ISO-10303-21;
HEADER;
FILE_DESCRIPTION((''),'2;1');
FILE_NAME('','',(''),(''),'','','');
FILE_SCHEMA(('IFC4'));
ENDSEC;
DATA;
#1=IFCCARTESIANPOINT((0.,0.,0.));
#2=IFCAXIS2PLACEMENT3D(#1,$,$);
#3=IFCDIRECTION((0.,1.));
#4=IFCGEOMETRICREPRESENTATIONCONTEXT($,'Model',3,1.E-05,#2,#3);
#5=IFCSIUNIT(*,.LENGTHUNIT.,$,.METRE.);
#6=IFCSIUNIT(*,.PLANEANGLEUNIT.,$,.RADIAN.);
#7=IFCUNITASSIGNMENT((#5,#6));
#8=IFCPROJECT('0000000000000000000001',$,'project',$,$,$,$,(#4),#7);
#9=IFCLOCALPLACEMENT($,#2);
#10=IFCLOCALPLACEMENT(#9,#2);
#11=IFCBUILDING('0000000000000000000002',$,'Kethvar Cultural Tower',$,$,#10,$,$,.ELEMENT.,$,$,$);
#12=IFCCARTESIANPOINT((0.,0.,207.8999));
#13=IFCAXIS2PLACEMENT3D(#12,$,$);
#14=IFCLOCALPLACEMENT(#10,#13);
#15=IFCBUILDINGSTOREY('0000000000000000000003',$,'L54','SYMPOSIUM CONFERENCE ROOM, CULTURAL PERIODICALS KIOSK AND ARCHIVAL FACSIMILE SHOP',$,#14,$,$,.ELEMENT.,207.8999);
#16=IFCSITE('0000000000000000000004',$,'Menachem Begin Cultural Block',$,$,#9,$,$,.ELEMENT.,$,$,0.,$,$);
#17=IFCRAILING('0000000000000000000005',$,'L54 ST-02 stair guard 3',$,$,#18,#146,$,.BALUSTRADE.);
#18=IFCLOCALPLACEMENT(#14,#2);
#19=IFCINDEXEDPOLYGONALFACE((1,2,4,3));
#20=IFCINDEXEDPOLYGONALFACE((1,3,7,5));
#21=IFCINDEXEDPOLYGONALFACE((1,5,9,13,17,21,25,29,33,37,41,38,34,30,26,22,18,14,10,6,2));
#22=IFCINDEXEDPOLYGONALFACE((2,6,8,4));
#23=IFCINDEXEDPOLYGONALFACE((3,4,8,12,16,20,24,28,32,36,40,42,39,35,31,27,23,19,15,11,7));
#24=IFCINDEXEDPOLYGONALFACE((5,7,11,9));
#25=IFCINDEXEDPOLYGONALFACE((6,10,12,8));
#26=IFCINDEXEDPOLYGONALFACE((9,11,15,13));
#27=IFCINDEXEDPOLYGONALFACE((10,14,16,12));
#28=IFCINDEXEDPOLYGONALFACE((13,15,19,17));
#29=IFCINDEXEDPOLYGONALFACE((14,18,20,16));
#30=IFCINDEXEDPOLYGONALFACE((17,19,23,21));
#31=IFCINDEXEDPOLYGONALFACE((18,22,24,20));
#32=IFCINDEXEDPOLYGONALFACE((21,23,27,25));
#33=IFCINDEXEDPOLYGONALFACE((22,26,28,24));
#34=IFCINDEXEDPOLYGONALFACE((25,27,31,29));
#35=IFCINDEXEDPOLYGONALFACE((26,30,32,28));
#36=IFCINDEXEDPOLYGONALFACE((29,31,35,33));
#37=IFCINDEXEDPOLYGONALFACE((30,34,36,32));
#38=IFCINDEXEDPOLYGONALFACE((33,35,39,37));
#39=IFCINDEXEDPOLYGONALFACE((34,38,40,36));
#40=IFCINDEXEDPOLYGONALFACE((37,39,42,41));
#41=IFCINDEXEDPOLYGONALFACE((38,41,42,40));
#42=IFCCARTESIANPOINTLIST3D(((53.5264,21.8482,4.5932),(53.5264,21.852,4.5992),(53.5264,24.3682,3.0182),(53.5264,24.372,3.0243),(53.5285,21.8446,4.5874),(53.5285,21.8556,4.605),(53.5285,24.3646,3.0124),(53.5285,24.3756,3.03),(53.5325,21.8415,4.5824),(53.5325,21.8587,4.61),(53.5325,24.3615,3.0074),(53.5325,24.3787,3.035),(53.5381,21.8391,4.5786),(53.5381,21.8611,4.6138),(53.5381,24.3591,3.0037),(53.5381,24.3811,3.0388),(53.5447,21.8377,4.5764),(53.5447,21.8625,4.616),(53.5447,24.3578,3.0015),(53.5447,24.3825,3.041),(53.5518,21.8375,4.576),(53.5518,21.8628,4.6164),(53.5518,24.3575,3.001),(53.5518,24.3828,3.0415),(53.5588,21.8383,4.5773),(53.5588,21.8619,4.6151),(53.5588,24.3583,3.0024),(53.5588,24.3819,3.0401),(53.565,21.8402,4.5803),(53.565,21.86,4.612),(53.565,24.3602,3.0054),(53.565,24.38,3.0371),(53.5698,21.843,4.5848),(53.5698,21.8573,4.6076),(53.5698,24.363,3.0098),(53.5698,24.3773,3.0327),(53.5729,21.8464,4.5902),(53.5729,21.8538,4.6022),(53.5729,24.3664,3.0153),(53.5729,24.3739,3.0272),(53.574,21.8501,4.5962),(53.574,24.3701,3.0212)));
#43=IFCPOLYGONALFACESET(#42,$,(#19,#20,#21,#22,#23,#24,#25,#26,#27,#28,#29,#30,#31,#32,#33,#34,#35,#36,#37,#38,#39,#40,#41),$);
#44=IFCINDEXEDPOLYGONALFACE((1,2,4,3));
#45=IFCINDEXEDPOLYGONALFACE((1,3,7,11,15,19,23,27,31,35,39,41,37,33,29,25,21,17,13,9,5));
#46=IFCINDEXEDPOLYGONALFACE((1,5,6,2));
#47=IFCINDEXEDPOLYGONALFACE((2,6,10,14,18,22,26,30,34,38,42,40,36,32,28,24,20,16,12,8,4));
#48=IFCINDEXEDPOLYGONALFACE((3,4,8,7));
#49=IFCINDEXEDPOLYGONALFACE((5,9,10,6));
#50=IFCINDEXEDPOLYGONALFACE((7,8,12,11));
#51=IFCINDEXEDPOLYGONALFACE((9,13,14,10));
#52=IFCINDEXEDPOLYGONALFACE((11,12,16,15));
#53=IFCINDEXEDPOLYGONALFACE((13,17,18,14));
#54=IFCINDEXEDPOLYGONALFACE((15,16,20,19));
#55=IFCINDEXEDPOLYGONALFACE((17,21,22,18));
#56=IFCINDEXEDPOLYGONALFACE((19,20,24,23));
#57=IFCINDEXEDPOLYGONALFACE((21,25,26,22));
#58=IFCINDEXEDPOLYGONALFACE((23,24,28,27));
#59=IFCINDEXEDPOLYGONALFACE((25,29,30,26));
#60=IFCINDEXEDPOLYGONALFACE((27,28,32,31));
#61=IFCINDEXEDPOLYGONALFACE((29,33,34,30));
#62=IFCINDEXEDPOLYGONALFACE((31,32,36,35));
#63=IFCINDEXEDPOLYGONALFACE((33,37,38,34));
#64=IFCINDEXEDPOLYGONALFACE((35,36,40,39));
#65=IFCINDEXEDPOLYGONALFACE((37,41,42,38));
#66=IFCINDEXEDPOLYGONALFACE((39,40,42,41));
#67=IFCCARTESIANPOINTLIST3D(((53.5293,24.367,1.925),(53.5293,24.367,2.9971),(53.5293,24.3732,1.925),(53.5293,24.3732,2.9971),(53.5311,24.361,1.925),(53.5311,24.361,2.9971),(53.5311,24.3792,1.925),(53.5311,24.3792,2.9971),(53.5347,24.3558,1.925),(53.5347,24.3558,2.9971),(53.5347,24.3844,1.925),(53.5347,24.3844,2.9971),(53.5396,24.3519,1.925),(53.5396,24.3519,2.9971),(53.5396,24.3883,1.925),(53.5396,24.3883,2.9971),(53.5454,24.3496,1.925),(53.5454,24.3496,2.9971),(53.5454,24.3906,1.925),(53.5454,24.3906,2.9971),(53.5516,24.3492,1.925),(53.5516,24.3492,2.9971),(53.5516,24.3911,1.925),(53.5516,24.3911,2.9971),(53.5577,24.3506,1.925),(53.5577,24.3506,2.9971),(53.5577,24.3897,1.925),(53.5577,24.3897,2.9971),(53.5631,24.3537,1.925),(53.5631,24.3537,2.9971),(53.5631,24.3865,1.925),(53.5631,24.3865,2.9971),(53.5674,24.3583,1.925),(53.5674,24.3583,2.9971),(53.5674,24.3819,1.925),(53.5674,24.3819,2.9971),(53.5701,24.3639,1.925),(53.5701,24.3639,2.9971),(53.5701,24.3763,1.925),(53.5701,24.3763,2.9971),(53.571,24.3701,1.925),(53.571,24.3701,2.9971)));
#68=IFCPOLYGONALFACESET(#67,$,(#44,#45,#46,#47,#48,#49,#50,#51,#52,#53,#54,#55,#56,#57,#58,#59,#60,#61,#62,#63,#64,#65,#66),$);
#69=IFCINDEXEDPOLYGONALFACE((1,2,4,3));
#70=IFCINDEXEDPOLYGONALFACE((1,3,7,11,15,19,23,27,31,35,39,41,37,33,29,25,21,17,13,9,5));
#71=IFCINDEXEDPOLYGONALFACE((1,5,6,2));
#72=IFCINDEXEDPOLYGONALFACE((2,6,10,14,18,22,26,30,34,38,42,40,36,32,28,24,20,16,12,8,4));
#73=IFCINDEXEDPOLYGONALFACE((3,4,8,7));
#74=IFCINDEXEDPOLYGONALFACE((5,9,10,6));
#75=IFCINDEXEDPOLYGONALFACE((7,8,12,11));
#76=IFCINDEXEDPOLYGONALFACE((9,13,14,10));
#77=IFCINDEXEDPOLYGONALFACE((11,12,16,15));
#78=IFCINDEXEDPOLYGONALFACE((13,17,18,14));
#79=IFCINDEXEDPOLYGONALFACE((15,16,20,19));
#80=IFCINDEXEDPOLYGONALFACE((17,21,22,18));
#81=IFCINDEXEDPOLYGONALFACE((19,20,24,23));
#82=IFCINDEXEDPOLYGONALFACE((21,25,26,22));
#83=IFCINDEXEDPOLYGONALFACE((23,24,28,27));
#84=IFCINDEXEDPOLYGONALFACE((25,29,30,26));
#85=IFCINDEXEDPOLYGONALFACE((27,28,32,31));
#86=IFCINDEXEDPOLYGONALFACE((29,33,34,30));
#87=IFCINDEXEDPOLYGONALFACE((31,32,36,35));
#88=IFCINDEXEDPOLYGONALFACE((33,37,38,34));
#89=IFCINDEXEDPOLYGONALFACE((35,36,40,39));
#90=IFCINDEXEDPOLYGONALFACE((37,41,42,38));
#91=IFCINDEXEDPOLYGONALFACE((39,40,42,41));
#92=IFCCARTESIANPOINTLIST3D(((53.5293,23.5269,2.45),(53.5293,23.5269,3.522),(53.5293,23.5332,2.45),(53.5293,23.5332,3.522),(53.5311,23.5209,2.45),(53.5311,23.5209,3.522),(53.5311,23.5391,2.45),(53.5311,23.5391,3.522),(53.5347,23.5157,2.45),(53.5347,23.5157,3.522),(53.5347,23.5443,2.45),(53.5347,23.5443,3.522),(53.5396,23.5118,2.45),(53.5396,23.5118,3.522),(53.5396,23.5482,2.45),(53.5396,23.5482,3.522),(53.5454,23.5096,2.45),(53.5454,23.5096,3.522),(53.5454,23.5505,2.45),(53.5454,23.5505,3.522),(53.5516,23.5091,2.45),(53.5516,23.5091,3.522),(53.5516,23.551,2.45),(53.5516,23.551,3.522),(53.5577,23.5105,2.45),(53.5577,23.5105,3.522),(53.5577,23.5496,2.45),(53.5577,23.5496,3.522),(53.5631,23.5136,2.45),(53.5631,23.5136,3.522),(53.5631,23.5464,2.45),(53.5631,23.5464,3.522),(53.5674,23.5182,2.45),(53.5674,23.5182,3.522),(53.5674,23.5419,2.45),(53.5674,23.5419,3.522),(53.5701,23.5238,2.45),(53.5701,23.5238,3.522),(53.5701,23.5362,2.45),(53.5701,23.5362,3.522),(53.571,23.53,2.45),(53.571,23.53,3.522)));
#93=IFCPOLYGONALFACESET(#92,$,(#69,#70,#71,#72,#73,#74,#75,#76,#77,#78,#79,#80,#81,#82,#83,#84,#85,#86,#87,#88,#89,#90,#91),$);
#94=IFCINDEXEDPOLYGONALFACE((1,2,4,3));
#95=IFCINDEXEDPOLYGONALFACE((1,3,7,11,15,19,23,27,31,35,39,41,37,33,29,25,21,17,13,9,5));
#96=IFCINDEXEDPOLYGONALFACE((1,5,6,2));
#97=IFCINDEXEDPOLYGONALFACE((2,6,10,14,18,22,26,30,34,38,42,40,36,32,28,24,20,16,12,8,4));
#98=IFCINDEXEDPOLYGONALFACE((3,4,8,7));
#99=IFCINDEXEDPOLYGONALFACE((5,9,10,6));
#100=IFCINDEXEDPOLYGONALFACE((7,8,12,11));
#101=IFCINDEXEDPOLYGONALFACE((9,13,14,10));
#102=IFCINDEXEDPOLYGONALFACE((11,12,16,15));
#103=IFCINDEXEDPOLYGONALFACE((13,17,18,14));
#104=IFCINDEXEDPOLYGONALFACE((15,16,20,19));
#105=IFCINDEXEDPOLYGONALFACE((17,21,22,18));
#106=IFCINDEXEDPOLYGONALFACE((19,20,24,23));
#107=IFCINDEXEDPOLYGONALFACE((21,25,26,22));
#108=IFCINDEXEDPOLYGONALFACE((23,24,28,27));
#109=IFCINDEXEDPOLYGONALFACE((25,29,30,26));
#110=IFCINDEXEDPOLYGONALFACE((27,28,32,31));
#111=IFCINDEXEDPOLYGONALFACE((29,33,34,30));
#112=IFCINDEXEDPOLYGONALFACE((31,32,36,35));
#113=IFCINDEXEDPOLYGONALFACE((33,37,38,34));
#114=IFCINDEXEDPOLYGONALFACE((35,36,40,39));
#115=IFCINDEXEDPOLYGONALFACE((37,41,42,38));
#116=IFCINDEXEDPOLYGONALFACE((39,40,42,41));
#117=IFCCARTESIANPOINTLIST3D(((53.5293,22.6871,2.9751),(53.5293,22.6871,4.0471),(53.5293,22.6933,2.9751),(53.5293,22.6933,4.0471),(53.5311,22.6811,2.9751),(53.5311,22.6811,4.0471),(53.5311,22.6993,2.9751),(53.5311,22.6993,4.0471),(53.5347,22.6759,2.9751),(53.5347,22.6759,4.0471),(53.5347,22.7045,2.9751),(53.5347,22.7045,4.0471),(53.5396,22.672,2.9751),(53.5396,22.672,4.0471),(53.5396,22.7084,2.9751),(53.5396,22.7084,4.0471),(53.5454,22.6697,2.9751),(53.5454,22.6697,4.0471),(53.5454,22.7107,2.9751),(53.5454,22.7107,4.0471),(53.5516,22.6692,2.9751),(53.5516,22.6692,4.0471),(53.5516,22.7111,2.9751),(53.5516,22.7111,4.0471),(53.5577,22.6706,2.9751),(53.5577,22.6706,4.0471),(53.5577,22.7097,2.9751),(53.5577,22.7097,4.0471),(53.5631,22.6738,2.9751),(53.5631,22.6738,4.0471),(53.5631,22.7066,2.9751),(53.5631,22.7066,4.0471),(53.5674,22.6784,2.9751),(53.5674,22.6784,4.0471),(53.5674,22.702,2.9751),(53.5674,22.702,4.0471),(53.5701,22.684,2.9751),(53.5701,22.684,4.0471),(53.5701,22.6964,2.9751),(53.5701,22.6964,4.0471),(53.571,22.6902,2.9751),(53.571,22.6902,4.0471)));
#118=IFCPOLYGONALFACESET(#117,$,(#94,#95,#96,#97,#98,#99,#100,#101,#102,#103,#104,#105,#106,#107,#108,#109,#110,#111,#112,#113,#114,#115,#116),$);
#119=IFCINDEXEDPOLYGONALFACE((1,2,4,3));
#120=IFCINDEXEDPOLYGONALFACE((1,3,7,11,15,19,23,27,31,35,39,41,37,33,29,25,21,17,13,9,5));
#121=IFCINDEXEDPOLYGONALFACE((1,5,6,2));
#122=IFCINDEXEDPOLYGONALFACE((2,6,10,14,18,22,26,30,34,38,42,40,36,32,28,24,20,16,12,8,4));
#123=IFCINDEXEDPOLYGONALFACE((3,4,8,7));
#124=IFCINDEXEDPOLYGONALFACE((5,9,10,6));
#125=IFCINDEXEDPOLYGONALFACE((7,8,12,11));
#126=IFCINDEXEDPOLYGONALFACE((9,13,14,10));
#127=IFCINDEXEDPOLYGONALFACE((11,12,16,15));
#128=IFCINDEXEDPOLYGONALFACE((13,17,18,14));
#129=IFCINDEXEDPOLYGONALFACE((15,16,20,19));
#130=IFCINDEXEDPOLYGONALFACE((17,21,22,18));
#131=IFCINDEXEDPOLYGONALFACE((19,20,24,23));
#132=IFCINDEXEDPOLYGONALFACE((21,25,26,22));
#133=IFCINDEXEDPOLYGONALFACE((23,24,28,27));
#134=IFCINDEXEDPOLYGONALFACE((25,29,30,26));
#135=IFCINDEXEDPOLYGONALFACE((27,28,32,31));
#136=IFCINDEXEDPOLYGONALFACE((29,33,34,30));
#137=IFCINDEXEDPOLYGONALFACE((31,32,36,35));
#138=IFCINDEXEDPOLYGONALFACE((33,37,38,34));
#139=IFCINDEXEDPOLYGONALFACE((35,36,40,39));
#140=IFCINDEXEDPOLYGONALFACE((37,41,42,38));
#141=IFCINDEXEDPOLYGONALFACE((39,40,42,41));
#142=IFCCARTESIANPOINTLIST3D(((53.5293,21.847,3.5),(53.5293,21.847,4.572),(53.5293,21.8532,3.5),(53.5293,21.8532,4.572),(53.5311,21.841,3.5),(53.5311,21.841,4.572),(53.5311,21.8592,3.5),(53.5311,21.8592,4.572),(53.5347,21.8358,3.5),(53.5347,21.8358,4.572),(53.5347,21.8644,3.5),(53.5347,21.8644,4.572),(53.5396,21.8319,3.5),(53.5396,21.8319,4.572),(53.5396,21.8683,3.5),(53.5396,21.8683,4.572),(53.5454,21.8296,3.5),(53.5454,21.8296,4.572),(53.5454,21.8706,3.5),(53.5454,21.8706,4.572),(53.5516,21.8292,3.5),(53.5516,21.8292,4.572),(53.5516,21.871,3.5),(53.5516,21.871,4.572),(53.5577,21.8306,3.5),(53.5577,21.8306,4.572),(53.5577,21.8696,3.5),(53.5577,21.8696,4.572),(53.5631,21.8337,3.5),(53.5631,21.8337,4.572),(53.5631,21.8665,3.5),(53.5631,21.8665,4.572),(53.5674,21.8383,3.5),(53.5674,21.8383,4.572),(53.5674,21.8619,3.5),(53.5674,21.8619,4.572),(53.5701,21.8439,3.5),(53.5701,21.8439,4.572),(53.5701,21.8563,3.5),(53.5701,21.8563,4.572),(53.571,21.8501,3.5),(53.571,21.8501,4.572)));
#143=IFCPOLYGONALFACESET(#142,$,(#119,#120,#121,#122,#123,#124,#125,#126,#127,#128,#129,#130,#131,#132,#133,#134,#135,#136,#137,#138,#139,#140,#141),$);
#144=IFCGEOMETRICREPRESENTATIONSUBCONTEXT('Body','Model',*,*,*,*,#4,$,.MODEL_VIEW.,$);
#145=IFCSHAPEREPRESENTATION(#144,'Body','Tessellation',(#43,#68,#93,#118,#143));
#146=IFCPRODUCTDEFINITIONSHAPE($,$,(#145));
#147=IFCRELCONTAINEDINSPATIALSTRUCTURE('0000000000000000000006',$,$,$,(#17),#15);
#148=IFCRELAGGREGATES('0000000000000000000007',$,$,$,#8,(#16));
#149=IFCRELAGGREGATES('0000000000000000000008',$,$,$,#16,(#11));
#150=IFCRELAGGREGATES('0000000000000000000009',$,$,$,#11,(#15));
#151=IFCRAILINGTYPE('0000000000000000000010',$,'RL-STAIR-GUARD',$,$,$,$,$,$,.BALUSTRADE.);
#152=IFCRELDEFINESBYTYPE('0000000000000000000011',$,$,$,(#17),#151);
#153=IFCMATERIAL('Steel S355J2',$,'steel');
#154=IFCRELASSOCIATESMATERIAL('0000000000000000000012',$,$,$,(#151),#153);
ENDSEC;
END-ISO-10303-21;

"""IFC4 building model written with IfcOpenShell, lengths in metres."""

from ifc_helpers import new_model, si_unit, direction, frame, origin, origin_2d, place, context, subcontext, project, spatial, circle, extrude, material, type_object, element, save


model = new_model("IFC4")

# Units and contexts
model_context = context("Model", 3, precision=1e-05, world=origin(), true_north=direction((0.0, 1.0)))
body_context = subcontext(model_context, "Body", "Model", "MODEL_VIEW")
ifc_project = project(units=[si_unit("LENGTHUNIT", "METRE"), si_unit("PLANEANGLEUNIT", "RADIAN")], contexts=[model_context])

# Site, building, storey
site_placement = place(None, origin())
site = spatial("IfcSite", under=ifc_project, at=site_placement, Name="Menachem Begin Cultural Block", CompositionType="ELEMENT", RefElevation=0.0)
building_placement = place(site_placement, origin())
building = spatial("IfcBuilding", under=site, at=building_placement, Name="Kethvar Cultural Tower", CompositionType="ELEMENT")
storey_placement = place(building_placement, frame((0.0, 0.0, 207.8999)))
storey = spatial("IfcBuildingStorey", under=building, at=storey_placement, Name="L54", Description="SYMPOSIUM CONFERENCE ROOM, CULTURAL PERIODICALS KIOSK AND ARCHIVAL FACSIMILE SHOP", CompositionType="ELEMENT", Elevation=207.8999)

# Shared definitions
ifc_material_1 = material(Name="Steel S355J2", Category="steel")

# Railing
railing_type_1 = type_object("IfcRailingType", Name="RL-STAIR-GUARD", PredefinedType="BALUSTRADE", material=ifc_material_1)
railing_1_placement = place(storey_placement, frame((53.55, 24.3701, 1.925)))
element("IfcRailing", 1, at=railing_1_placement, inside=storey, type_object=railing_type_1, Name="L54 ST-02 stair guard 3", PredefinedType="BALUSTRADE", context=body_context, shape_type="SweptSolid", body=[
    extrude(circle(Radius=0.0239, at=origin_2d()), frame((0.0, 0.0, 1.0962), z_axis=(0.0, -0.848008, 0.529984), x_axis=(1.0, 0.0, 0.0)), (0.0, 0.0, 1.0), 2.9717),
    extrude(circle(Radius=0.021, at=origin_2d()), origin(), (0.0, 0.0, 1.0), 1.072),
    extrude(circle(Radius=0.021, at=origin_2d()), frame((0.0, -0.8401, 0.5249)), (0.0, 0.0, 1.0), 1.072),
    extrude(circle(Radius=0.021, at=origin_2d()), frame((0.0, -1.6799, 1.05)), (0.0, 0.0, 1.0), 1.072),
    extrude(circle(Radius=0.021, at=origin_2d()), frame((0.0, -2.52, 1.575)), (0.0, 0.0, 1.0), 1.072),
])

save(model, "model.ifc")
